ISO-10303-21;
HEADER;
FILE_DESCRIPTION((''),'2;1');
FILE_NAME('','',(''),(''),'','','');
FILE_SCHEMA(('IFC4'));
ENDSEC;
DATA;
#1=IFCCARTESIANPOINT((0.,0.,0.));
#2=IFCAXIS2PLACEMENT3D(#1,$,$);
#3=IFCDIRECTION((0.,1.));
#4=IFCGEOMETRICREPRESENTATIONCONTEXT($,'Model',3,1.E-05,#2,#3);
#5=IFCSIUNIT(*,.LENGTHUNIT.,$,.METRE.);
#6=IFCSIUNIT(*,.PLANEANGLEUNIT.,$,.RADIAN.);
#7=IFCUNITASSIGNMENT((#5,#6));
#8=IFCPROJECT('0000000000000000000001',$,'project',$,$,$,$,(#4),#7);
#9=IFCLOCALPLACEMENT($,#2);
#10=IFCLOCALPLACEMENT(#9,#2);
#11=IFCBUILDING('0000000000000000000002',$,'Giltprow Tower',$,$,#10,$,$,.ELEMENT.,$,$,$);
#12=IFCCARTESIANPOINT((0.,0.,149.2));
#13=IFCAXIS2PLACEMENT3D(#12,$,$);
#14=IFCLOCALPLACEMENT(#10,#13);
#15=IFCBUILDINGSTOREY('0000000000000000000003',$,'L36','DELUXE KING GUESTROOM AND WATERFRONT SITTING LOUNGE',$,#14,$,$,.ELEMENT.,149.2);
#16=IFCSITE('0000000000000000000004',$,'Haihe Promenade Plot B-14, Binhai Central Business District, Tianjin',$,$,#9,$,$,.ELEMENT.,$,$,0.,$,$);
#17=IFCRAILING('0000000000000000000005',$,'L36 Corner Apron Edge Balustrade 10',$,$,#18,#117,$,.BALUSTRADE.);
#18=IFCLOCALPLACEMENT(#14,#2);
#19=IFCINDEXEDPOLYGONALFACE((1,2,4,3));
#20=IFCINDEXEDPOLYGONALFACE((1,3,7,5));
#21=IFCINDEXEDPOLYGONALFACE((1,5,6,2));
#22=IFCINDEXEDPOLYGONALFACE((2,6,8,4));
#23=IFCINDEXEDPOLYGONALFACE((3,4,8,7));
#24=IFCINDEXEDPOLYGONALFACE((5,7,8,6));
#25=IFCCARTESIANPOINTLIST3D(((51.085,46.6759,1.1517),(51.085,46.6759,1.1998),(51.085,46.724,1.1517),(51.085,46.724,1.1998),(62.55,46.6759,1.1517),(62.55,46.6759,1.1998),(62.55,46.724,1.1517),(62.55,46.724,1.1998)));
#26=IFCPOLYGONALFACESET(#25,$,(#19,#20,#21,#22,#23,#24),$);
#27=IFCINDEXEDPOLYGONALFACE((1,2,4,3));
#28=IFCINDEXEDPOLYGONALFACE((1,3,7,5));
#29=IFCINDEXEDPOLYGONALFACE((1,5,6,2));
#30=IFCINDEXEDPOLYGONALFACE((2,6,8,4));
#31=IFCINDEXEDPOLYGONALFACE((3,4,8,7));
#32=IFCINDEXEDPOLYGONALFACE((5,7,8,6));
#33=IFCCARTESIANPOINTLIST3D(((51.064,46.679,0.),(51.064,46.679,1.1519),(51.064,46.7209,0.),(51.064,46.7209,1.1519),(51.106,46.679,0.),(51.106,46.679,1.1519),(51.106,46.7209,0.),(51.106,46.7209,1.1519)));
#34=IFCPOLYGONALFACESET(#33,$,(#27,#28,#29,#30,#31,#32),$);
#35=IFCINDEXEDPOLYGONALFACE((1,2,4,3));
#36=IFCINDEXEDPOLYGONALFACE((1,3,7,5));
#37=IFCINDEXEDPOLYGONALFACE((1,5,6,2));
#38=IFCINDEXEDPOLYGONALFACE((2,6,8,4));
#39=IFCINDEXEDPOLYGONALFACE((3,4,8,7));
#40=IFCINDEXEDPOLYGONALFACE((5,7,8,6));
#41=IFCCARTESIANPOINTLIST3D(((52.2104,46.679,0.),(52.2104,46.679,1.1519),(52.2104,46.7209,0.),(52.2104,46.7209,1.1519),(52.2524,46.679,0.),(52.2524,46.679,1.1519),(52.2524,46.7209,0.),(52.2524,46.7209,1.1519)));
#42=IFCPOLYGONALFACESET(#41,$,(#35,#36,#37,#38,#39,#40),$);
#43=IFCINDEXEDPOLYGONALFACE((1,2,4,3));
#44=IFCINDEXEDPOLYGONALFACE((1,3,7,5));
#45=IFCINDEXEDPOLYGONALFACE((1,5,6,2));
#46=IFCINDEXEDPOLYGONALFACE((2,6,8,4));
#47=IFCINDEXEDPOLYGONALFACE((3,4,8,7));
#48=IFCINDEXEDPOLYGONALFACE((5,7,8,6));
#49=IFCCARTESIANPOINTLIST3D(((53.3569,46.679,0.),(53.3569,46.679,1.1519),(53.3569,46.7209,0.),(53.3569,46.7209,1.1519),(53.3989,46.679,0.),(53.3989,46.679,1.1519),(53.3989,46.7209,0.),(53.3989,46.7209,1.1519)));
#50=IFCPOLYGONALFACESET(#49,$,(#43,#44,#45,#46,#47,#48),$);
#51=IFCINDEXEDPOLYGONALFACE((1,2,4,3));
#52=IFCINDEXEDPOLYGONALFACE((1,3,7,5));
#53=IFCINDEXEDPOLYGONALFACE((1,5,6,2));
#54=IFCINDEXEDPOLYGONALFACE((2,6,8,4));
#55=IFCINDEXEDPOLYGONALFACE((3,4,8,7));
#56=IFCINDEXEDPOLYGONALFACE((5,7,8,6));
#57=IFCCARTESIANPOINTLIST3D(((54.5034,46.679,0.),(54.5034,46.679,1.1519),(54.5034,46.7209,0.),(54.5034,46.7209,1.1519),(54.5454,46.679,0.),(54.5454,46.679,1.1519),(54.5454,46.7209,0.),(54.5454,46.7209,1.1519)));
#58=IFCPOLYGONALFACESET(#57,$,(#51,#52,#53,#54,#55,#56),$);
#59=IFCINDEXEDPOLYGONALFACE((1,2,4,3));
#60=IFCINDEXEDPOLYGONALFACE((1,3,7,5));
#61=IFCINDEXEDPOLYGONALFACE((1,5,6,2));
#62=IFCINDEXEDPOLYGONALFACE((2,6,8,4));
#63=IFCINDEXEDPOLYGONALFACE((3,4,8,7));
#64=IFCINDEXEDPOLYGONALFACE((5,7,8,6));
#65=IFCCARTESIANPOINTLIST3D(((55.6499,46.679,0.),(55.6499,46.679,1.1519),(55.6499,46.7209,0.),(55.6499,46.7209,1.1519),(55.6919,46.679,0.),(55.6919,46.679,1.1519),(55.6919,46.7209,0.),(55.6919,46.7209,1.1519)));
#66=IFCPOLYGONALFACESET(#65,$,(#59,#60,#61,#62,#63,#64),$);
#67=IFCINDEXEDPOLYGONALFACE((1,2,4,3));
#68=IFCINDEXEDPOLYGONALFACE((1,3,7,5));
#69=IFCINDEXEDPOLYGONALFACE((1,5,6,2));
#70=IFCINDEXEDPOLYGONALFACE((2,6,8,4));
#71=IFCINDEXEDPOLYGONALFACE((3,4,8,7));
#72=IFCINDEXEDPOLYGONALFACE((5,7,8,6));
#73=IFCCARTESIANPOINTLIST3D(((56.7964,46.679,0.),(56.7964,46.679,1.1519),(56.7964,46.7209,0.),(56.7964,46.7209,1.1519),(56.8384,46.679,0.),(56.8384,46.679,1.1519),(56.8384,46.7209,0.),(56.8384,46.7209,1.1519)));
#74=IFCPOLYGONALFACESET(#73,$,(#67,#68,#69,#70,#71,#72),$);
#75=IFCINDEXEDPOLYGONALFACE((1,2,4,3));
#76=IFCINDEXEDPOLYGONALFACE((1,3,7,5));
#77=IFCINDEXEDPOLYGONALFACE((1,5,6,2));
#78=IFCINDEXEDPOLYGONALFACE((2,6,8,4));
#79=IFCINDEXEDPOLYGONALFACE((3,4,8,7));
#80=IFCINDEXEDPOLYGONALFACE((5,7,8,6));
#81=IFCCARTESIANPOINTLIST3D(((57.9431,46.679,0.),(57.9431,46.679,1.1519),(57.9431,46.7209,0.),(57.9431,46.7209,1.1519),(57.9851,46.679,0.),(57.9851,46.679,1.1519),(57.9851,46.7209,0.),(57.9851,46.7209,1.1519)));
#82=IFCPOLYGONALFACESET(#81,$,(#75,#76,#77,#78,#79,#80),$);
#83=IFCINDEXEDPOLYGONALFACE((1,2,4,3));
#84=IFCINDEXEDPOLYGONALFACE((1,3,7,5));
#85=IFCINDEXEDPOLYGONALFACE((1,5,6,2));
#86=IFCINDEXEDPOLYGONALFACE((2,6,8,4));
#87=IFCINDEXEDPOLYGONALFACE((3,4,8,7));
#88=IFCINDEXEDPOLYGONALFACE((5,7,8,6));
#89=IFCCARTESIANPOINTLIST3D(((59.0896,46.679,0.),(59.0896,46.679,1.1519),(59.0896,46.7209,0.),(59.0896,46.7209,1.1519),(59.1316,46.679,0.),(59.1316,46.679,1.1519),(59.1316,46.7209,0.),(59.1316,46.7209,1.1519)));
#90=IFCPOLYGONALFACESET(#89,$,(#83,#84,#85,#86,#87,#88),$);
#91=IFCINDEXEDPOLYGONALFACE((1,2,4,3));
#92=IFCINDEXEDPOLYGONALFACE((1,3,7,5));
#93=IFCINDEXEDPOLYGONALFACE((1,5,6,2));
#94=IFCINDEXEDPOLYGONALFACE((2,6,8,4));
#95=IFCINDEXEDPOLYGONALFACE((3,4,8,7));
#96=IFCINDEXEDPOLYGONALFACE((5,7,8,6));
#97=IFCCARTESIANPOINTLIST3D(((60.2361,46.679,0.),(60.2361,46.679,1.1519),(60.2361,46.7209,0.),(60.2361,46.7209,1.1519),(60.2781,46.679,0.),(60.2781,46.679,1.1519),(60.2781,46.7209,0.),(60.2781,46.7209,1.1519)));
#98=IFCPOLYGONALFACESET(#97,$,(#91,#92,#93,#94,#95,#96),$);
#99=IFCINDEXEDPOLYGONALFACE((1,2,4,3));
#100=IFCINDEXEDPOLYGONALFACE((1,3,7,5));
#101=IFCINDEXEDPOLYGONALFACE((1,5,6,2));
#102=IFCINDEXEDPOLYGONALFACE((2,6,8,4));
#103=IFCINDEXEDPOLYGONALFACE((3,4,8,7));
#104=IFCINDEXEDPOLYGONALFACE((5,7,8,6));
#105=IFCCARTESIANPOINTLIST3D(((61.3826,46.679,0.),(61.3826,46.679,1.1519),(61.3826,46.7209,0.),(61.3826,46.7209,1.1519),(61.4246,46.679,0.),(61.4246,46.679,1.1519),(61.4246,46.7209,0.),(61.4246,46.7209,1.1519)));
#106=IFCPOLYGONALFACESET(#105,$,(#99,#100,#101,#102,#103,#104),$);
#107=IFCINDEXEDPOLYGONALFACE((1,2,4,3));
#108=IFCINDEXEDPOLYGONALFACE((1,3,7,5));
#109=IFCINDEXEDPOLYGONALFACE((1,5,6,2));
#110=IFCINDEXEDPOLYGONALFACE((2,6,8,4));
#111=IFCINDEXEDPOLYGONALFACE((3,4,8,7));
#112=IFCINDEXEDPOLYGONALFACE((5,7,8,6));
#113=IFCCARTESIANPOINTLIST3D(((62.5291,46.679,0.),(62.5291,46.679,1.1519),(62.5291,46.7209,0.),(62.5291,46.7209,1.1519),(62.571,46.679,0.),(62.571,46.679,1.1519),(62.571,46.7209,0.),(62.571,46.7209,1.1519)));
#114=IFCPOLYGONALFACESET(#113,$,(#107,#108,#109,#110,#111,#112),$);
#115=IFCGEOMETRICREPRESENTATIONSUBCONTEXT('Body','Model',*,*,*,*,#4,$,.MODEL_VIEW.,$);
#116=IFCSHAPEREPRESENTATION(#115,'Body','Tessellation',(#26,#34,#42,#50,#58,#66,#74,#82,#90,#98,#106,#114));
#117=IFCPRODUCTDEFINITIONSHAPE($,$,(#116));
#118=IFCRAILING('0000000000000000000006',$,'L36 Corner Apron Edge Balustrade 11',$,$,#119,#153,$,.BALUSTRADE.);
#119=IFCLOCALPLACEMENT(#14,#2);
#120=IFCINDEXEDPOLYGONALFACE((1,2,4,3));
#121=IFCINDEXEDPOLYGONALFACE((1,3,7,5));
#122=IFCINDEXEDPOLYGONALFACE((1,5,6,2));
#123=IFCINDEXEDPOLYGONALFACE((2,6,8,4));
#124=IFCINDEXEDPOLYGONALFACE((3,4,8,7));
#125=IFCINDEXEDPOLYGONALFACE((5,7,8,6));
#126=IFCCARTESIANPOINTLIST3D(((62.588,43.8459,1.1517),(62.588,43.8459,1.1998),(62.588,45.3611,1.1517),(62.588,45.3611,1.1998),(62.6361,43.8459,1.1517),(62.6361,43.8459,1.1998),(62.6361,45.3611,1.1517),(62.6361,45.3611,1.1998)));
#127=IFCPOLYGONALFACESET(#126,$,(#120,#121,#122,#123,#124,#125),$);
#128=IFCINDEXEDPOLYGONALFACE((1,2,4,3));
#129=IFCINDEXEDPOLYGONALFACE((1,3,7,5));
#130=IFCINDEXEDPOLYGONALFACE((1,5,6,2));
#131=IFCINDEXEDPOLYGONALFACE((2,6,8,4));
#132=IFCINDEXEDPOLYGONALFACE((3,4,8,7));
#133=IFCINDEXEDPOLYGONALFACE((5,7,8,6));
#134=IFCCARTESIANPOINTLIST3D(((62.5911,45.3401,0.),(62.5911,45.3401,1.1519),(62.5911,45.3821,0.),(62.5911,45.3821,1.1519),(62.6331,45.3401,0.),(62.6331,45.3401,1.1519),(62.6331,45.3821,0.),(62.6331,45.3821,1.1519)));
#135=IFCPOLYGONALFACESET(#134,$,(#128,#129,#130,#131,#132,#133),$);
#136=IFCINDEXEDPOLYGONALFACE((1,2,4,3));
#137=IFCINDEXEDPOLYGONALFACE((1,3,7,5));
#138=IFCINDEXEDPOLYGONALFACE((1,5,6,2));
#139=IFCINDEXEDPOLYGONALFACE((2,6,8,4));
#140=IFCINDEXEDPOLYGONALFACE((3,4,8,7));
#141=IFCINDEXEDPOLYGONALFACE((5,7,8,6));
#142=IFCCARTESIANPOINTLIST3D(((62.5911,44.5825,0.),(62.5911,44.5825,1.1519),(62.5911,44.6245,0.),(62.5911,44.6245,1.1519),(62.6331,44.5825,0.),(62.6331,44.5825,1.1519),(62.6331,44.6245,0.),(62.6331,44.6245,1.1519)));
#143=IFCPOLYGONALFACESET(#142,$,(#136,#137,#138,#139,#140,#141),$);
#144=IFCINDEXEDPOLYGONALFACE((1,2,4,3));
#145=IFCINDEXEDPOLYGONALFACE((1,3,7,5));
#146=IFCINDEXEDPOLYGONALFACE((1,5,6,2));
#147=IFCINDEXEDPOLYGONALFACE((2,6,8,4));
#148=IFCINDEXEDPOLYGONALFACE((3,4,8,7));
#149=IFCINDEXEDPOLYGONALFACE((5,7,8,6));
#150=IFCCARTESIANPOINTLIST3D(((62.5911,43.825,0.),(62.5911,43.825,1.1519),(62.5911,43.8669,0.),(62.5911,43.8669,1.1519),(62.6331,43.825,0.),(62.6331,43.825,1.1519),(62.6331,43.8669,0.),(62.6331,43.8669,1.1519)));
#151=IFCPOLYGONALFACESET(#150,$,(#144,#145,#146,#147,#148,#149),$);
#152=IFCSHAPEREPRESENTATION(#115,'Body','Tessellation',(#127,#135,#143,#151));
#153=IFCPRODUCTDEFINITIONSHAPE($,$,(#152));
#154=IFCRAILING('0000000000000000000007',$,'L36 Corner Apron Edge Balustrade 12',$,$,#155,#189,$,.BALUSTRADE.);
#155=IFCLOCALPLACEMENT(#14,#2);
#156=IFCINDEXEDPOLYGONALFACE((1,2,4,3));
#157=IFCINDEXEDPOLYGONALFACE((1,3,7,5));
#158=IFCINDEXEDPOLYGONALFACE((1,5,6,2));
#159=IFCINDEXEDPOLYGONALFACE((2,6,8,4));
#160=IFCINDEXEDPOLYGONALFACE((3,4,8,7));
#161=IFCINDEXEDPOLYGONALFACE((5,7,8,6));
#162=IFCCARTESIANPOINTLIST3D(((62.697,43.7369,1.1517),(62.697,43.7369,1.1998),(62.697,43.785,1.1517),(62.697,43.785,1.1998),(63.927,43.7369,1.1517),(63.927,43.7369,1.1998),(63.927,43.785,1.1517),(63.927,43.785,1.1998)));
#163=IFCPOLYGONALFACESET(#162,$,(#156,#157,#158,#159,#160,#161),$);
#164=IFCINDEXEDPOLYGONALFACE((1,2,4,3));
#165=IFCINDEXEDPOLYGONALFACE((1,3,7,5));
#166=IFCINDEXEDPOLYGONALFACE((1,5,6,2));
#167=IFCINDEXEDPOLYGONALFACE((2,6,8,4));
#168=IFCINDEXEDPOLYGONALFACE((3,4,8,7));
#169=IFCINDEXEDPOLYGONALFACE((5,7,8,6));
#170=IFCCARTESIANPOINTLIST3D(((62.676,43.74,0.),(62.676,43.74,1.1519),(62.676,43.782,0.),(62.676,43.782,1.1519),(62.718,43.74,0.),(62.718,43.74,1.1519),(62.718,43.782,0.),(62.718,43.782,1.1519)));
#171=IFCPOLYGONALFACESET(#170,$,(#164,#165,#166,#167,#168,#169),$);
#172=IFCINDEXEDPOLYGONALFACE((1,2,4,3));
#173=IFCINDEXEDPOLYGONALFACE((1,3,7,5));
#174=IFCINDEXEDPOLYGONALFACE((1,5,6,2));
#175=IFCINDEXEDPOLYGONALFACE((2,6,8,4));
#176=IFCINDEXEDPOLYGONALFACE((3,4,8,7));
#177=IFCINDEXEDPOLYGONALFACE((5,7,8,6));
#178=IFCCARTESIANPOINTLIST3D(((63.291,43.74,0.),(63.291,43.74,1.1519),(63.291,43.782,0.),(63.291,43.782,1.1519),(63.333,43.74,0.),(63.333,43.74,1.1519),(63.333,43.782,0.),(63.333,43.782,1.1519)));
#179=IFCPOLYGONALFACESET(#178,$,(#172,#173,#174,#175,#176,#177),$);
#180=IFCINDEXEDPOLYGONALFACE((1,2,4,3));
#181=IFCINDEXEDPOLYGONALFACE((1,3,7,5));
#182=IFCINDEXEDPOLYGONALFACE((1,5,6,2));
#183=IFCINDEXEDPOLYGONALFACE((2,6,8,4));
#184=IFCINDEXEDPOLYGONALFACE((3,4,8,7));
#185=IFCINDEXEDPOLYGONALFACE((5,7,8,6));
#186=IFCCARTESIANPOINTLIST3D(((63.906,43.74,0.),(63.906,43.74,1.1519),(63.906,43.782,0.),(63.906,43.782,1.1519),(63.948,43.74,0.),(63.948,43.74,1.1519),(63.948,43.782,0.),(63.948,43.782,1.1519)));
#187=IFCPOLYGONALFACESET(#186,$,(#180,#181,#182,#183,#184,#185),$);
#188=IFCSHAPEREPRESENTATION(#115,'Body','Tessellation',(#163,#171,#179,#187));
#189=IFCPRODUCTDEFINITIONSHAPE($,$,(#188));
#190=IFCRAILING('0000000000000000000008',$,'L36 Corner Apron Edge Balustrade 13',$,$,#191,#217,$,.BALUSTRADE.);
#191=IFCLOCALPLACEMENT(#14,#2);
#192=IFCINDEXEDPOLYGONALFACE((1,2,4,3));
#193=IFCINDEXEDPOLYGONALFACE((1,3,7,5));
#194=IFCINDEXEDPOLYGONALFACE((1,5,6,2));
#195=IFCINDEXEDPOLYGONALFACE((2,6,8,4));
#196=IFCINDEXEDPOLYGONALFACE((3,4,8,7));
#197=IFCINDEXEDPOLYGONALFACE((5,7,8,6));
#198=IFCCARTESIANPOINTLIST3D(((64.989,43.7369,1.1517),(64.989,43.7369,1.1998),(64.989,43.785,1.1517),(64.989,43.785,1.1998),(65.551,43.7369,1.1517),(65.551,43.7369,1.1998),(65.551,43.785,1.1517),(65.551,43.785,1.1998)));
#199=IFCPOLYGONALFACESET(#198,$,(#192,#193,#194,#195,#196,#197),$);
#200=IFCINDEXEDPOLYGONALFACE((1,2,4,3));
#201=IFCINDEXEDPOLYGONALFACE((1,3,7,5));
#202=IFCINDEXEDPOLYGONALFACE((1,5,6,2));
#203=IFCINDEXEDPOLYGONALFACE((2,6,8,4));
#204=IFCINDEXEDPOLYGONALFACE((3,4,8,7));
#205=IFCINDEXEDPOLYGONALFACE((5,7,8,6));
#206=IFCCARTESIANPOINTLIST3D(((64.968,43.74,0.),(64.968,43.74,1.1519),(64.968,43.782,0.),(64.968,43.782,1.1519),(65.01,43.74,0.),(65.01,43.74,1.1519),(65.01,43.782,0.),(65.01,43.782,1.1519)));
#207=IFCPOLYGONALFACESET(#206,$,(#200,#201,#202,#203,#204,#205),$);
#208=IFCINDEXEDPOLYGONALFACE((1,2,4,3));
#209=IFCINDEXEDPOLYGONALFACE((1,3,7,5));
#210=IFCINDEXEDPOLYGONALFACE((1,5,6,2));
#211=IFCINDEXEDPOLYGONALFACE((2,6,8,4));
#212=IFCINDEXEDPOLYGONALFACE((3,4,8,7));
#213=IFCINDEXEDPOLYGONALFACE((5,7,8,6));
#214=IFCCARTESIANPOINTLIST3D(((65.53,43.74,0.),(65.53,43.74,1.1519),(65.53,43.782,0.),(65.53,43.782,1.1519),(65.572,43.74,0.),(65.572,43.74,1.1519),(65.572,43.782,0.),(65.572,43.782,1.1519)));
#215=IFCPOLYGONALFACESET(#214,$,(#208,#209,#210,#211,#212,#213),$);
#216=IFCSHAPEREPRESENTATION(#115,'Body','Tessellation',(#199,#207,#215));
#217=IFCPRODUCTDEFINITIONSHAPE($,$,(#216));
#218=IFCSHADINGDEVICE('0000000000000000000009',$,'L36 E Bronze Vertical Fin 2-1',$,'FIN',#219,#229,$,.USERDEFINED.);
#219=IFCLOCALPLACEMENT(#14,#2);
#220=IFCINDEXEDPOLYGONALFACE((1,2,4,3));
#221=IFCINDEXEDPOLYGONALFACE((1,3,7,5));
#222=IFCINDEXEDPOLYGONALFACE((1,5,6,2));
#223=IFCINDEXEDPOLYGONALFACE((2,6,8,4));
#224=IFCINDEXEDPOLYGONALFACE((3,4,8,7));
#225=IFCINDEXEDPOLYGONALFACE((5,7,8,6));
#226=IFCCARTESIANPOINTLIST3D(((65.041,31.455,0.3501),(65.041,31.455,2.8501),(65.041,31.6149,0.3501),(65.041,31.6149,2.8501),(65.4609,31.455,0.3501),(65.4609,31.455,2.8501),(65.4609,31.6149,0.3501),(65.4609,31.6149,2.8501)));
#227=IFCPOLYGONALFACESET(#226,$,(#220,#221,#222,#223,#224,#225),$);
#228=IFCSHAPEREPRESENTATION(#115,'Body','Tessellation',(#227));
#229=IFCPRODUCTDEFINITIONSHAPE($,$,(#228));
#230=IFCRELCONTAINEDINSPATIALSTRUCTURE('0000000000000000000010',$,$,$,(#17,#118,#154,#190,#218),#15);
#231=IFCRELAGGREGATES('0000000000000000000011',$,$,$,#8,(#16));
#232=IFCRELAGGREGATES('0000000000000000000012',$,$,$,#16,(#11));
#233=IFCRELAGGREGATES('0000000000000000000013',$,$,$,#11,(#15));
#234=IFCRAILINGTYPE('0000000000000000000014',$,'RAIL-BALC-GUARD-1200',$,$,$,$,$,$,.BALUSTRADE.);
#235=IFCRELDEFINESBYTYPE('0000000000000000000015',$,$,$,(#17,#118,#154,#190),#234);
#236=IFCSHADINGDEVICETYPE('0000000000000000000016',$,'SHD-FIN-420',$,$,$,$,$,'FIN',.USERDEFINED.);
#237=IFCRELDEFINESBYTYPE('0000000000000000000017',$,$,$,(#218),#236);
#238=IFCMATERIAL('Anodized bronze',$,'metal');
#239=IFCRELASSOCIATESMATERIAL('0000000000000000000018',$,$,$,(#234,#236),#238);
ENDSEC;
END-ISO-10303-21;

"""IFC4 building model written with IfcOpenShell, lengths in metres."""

from ifc_helpers import new_model, si_unit, direction, frame, origin, origin_2d, place, context, subcontext, project, spatial, rectangle, extrude, source, transform, mapped, material, type_object, element, save


model = new_model("IFC4")

# Units and contexts
model_context = context("Model", 3, precision=1e-05, world=origin(), true_north=direction((0.0, 1.0)))
body_context = subcontext(model_context, "Body", "Model", "MODEL_VIEW")
ifc_project = project(units=[si_unit("LENGTHUNIT", "METRE"), si_unit("PLANEANGLEUNIT", "RADIAN")], contexts=[model_context])

# Site, building, storey
site_placement = place(None, origin())
site = spatial("IfcSite", under=ifc_project, at=site_placement, Name="Haihe Promenade Plot B-14, Binhai Central Business District, Tianjin", CompositionType="ELEMENT", RefElevation=0.0)
building_placement = place(site_placement, origin())
building = spatial("IfcBuilding", under=site, at=building_placement, Name="Giltprow Tower", CompositionType="ELEMENT")
storey_placement = place(building_placement, frame((0.0, 0.0, 149.2)))
storey = spatial("IfcBuildingStorey", under=building, at=storey_placement, Name="L36", Description="DELUXE KING GUESTROOM AND WATERFRONT SITTING LOUNGE", CompositionType="ELEMENT", Elevation=149.2)

# Railings
ifc_material_1 = material(Name="Anodized bronze", Category="metal")
railing_type = type_object("IfcRailingType", Name="RAIL-BALC-GUARD-1200", PredefinedType="BALUSTRADE", material=ifc_material_1)
railing_1_placement = place(storey_placement, frame((51.085, 46.7, 0.0)))
element("IfcRailing", 1, at=railing_1_placement, inside=storey, type_object=railing_type, Name="L36 Corner Apron Edge Balustrade 10", PredefinedType="BALUSTRADE", context=body_context, shape_type="SweptSolid", body=[
    extrude(rectangle(XDim=0.0481, YDim=0.0481, at=origin_2d()), frame((0.0, 0.0, 1.1758), z_axis=(1.0, 0.0, 0.0), x_axis=(0.0, 1.0, 0.0)), (0.0, 0.0, 1.0), 11.4651),
    extrude(rectangle(XDim=0.042, YDim=0.042, at=origin_2d()), origin(), (0.0, 0.0, 1.0), 1.1519),
    extrude(rectangle(XDim=0.042, YDim=0.042, at=origin_2d()), frame((1.1465, 0.0, 0.0)), (0.0, 0.0, 1.0), 1.1519),
    extrude(rectangle(XDim=0.042, YDim=0.042, at=origin_2d()), frame((2.293, 0.0, 0.0)), (0.0, 0.0, 1.0), 1.1519),
    extrude(rectangle(XDim=0.042, YDim=0.042, at=origin_2d()), frame((3.4395, 0.0, 0.0)), (0.0, 0.0, 1.0), 1.1519),
    extrude(rectangle(XDim=0.042, YDim=0.042, at=origin_2d()), frame((4.5859, 0.0, 0.0)), (0.0, 0.0, 1.0), 1.1519),
    extrude(rectangle(XDim=0.042, YDim=0.042, at=origin_2d()), frame((5.7324, 0.0, 0.0)), (0.0, 0.0, 1.0), 1.1519),
    extrude(rectangle(XDim=0.042, YDim=0.042, at=origin_2d()), frame((6.8792, 0.0, 0.0)), (0.0, 0.0, 1.0), 1.1519),
    extrude(rectangle(XDim=0.042, YDim=0.042, at=origin_2d()), frame((8.0256, 0.0, 0.0)), (0.0, 0.0, 1.0), 1.1519),
    extrude(rectangle(XDim=0.042, YDim=0.042, at=origin_2d()), frame((9.1721, 0.0, 0.0)), (0.0, 0.0, 1.0), 1.1519),
    extrude(rectangle(XDim=0.042, YDim=0.042, at=origin_2d()), frame((10.3186, 0.0, 0.0)), (0.0, 0.0, 1.0), 1.1519),
    extrude(rectangle(XDim=0.042, YDim=0.042, at=origin_2d()), frame((11.4651, 0.0, 0.0)), (0.0, 0.0, 1.0), 1.1519),
])
railing_2_placement = place(storey_placement, frame((62.6121, 45.3611, 0.0)))
element("IfcRailing", 2, at=railing_2_placement, inside=storey, type_object=railing_type, Name="L36 Corner Apron Edge Balustrade 11", PredefinedType="BALUSTRADE", context=body_context, shape_type="SweptSolid", body=[
    extrude(rectangle(XDim=0.0481, YDim=0.0481, at=origin_2d()), frame((0.0, 0.0, 1.1758), z_axis=(0.0, -1.0, 0.0), x_axis=(1.0, 0.0, 0.0)), (0.0, 0.0, 1.0), 1.5151),
    extrude(rectangle(XDim=0.042, YDim=0.042, at=origin_2d()), origin(), (0.0, 0.0, 1.0), 1.1519),
    extrude(rectangle(XDim=0.042, YDim=0.042, at=origin_2d()), frame((0.0, -0.7576, 0.0)), (0.0, 0.0, 1.0), 1.1519),
    extrude(rectangle(XDim=0.042, YDim=0.042, at=origin_2d()), frame((0.0, -1.5151, 0.0)), (0.0, 0.0, 1.0), 1.1519),
])
railing_3_placement = place(storey_placement, frame((62.697, 43.761, 0.0)))
element("IfcRailing", 3, at=railing_3_placement, inside=storey, type_object=railing_type, Name="L36 Corner Apron Edge Balustrade 12", PredefinedType="BALUSTRADE", context=body_context, shape_type="SweptSolid", body=[
    extrude(rectangle(XDim=0.0481, YDim=0.0481, at=origin_2d()), frame((0.0, 0.0, 1.1758), z_axis=(1.0, 0.0, 0.0), x_axis=(0.0, 1.0, 0.0)), (0.0, 0.0, 1.0), 1.23),
    extrude(rectangle(XDim=0.042, YDim=0.042, at=origin_2d()), origin(), (0.0, 0.0, 1.0), 1.1519),
    extrude(rectangle(XDim=0.042, YDim=0.042, at=origin_2d()), frame((0.615, 0.0, 0.0)), (0.0, 0.0, 1.0), 1.1519),
    extrude(rectangle(XDim=0.042, YDim=0.042, at=origin_2d()), frame((1.23, 0.0, 0.0)), (0.0, 0.0, 1.0), 1.1519),
])
railing_4_placement = place(storey_placement, frame((64.989, 43.761, 0.0)))
element("IfcRailing", 4, at=railing_4_placement, inside=storey, type_object=railing_type, Name="L36 Corner Apron Edge Balustrade 13", PredefinedType="BALUSTRADE", context=body_context, shape_type="SweptSolid", body=[
    extrude(rectangle(XDim=0.0481, YDim=0.0481, at=origin_2d()), frame((0.0, 0.0, 1.1758), z_axis=(1.0, 0.0, 0.0), x_axis=(0.0, 1.0, 0.0)), (0.0, 0.0, 1.0), 0.562),
    extrude(rectangle(XDim=0.042, YDim=0.042, at=origin_2d()), origin(), (0.0, 0.0, 1.0), 1.1519),
    extrude(rectangle(XDim=0.042, YDim=0.042, at=origin_2d()), frame((0.562, 0.0, 0.0)), (0.0, 0.0, 1.0), 1.1519),
])

# Shading device
shading_device_type = type_object("IfcShadingDeviceType", Name="SHD-FIN-420", ElementType="FIN", PredefinedType="USERDEFINED", material=ifc_material_1)
shared_shape_1 = source(origin(), body_context, "Body", "SweptSolid", [
    extrude(rectangle(XDim=0.4199, YDim=0.1599, at=origin_2d()), origin(), (0.0, 0.0, 1.0), 2.5),
])
shading_device_placement = place(storey_placement, frame((65.251, 31.5349, 0.3501), z_axis=(0.0, 0.0, 1.0), x_axis=(1.0, 0.0, 0.0)))
element("IfcShadingDevice", 5, at=shading_device_placement, inside=storey, type_object=shading_device_type, Name="L36 E Bronze Vertical Fin 2-1", ObjectType="FIN", PredefinedType="USERDEFINED", context=body_context, shape_type="MappedRepresentation", body=[
    mapped(shared_shape_1, transform((0.0, 0.0, 0.0), x_axis=(1.0, 0.0, 0.0), y_axis=(0.0, 1.0, 0.0), z_axis=(0.0, 0.0, 1.0), scale=1.0)),
])

save(model, "model.ifc")
